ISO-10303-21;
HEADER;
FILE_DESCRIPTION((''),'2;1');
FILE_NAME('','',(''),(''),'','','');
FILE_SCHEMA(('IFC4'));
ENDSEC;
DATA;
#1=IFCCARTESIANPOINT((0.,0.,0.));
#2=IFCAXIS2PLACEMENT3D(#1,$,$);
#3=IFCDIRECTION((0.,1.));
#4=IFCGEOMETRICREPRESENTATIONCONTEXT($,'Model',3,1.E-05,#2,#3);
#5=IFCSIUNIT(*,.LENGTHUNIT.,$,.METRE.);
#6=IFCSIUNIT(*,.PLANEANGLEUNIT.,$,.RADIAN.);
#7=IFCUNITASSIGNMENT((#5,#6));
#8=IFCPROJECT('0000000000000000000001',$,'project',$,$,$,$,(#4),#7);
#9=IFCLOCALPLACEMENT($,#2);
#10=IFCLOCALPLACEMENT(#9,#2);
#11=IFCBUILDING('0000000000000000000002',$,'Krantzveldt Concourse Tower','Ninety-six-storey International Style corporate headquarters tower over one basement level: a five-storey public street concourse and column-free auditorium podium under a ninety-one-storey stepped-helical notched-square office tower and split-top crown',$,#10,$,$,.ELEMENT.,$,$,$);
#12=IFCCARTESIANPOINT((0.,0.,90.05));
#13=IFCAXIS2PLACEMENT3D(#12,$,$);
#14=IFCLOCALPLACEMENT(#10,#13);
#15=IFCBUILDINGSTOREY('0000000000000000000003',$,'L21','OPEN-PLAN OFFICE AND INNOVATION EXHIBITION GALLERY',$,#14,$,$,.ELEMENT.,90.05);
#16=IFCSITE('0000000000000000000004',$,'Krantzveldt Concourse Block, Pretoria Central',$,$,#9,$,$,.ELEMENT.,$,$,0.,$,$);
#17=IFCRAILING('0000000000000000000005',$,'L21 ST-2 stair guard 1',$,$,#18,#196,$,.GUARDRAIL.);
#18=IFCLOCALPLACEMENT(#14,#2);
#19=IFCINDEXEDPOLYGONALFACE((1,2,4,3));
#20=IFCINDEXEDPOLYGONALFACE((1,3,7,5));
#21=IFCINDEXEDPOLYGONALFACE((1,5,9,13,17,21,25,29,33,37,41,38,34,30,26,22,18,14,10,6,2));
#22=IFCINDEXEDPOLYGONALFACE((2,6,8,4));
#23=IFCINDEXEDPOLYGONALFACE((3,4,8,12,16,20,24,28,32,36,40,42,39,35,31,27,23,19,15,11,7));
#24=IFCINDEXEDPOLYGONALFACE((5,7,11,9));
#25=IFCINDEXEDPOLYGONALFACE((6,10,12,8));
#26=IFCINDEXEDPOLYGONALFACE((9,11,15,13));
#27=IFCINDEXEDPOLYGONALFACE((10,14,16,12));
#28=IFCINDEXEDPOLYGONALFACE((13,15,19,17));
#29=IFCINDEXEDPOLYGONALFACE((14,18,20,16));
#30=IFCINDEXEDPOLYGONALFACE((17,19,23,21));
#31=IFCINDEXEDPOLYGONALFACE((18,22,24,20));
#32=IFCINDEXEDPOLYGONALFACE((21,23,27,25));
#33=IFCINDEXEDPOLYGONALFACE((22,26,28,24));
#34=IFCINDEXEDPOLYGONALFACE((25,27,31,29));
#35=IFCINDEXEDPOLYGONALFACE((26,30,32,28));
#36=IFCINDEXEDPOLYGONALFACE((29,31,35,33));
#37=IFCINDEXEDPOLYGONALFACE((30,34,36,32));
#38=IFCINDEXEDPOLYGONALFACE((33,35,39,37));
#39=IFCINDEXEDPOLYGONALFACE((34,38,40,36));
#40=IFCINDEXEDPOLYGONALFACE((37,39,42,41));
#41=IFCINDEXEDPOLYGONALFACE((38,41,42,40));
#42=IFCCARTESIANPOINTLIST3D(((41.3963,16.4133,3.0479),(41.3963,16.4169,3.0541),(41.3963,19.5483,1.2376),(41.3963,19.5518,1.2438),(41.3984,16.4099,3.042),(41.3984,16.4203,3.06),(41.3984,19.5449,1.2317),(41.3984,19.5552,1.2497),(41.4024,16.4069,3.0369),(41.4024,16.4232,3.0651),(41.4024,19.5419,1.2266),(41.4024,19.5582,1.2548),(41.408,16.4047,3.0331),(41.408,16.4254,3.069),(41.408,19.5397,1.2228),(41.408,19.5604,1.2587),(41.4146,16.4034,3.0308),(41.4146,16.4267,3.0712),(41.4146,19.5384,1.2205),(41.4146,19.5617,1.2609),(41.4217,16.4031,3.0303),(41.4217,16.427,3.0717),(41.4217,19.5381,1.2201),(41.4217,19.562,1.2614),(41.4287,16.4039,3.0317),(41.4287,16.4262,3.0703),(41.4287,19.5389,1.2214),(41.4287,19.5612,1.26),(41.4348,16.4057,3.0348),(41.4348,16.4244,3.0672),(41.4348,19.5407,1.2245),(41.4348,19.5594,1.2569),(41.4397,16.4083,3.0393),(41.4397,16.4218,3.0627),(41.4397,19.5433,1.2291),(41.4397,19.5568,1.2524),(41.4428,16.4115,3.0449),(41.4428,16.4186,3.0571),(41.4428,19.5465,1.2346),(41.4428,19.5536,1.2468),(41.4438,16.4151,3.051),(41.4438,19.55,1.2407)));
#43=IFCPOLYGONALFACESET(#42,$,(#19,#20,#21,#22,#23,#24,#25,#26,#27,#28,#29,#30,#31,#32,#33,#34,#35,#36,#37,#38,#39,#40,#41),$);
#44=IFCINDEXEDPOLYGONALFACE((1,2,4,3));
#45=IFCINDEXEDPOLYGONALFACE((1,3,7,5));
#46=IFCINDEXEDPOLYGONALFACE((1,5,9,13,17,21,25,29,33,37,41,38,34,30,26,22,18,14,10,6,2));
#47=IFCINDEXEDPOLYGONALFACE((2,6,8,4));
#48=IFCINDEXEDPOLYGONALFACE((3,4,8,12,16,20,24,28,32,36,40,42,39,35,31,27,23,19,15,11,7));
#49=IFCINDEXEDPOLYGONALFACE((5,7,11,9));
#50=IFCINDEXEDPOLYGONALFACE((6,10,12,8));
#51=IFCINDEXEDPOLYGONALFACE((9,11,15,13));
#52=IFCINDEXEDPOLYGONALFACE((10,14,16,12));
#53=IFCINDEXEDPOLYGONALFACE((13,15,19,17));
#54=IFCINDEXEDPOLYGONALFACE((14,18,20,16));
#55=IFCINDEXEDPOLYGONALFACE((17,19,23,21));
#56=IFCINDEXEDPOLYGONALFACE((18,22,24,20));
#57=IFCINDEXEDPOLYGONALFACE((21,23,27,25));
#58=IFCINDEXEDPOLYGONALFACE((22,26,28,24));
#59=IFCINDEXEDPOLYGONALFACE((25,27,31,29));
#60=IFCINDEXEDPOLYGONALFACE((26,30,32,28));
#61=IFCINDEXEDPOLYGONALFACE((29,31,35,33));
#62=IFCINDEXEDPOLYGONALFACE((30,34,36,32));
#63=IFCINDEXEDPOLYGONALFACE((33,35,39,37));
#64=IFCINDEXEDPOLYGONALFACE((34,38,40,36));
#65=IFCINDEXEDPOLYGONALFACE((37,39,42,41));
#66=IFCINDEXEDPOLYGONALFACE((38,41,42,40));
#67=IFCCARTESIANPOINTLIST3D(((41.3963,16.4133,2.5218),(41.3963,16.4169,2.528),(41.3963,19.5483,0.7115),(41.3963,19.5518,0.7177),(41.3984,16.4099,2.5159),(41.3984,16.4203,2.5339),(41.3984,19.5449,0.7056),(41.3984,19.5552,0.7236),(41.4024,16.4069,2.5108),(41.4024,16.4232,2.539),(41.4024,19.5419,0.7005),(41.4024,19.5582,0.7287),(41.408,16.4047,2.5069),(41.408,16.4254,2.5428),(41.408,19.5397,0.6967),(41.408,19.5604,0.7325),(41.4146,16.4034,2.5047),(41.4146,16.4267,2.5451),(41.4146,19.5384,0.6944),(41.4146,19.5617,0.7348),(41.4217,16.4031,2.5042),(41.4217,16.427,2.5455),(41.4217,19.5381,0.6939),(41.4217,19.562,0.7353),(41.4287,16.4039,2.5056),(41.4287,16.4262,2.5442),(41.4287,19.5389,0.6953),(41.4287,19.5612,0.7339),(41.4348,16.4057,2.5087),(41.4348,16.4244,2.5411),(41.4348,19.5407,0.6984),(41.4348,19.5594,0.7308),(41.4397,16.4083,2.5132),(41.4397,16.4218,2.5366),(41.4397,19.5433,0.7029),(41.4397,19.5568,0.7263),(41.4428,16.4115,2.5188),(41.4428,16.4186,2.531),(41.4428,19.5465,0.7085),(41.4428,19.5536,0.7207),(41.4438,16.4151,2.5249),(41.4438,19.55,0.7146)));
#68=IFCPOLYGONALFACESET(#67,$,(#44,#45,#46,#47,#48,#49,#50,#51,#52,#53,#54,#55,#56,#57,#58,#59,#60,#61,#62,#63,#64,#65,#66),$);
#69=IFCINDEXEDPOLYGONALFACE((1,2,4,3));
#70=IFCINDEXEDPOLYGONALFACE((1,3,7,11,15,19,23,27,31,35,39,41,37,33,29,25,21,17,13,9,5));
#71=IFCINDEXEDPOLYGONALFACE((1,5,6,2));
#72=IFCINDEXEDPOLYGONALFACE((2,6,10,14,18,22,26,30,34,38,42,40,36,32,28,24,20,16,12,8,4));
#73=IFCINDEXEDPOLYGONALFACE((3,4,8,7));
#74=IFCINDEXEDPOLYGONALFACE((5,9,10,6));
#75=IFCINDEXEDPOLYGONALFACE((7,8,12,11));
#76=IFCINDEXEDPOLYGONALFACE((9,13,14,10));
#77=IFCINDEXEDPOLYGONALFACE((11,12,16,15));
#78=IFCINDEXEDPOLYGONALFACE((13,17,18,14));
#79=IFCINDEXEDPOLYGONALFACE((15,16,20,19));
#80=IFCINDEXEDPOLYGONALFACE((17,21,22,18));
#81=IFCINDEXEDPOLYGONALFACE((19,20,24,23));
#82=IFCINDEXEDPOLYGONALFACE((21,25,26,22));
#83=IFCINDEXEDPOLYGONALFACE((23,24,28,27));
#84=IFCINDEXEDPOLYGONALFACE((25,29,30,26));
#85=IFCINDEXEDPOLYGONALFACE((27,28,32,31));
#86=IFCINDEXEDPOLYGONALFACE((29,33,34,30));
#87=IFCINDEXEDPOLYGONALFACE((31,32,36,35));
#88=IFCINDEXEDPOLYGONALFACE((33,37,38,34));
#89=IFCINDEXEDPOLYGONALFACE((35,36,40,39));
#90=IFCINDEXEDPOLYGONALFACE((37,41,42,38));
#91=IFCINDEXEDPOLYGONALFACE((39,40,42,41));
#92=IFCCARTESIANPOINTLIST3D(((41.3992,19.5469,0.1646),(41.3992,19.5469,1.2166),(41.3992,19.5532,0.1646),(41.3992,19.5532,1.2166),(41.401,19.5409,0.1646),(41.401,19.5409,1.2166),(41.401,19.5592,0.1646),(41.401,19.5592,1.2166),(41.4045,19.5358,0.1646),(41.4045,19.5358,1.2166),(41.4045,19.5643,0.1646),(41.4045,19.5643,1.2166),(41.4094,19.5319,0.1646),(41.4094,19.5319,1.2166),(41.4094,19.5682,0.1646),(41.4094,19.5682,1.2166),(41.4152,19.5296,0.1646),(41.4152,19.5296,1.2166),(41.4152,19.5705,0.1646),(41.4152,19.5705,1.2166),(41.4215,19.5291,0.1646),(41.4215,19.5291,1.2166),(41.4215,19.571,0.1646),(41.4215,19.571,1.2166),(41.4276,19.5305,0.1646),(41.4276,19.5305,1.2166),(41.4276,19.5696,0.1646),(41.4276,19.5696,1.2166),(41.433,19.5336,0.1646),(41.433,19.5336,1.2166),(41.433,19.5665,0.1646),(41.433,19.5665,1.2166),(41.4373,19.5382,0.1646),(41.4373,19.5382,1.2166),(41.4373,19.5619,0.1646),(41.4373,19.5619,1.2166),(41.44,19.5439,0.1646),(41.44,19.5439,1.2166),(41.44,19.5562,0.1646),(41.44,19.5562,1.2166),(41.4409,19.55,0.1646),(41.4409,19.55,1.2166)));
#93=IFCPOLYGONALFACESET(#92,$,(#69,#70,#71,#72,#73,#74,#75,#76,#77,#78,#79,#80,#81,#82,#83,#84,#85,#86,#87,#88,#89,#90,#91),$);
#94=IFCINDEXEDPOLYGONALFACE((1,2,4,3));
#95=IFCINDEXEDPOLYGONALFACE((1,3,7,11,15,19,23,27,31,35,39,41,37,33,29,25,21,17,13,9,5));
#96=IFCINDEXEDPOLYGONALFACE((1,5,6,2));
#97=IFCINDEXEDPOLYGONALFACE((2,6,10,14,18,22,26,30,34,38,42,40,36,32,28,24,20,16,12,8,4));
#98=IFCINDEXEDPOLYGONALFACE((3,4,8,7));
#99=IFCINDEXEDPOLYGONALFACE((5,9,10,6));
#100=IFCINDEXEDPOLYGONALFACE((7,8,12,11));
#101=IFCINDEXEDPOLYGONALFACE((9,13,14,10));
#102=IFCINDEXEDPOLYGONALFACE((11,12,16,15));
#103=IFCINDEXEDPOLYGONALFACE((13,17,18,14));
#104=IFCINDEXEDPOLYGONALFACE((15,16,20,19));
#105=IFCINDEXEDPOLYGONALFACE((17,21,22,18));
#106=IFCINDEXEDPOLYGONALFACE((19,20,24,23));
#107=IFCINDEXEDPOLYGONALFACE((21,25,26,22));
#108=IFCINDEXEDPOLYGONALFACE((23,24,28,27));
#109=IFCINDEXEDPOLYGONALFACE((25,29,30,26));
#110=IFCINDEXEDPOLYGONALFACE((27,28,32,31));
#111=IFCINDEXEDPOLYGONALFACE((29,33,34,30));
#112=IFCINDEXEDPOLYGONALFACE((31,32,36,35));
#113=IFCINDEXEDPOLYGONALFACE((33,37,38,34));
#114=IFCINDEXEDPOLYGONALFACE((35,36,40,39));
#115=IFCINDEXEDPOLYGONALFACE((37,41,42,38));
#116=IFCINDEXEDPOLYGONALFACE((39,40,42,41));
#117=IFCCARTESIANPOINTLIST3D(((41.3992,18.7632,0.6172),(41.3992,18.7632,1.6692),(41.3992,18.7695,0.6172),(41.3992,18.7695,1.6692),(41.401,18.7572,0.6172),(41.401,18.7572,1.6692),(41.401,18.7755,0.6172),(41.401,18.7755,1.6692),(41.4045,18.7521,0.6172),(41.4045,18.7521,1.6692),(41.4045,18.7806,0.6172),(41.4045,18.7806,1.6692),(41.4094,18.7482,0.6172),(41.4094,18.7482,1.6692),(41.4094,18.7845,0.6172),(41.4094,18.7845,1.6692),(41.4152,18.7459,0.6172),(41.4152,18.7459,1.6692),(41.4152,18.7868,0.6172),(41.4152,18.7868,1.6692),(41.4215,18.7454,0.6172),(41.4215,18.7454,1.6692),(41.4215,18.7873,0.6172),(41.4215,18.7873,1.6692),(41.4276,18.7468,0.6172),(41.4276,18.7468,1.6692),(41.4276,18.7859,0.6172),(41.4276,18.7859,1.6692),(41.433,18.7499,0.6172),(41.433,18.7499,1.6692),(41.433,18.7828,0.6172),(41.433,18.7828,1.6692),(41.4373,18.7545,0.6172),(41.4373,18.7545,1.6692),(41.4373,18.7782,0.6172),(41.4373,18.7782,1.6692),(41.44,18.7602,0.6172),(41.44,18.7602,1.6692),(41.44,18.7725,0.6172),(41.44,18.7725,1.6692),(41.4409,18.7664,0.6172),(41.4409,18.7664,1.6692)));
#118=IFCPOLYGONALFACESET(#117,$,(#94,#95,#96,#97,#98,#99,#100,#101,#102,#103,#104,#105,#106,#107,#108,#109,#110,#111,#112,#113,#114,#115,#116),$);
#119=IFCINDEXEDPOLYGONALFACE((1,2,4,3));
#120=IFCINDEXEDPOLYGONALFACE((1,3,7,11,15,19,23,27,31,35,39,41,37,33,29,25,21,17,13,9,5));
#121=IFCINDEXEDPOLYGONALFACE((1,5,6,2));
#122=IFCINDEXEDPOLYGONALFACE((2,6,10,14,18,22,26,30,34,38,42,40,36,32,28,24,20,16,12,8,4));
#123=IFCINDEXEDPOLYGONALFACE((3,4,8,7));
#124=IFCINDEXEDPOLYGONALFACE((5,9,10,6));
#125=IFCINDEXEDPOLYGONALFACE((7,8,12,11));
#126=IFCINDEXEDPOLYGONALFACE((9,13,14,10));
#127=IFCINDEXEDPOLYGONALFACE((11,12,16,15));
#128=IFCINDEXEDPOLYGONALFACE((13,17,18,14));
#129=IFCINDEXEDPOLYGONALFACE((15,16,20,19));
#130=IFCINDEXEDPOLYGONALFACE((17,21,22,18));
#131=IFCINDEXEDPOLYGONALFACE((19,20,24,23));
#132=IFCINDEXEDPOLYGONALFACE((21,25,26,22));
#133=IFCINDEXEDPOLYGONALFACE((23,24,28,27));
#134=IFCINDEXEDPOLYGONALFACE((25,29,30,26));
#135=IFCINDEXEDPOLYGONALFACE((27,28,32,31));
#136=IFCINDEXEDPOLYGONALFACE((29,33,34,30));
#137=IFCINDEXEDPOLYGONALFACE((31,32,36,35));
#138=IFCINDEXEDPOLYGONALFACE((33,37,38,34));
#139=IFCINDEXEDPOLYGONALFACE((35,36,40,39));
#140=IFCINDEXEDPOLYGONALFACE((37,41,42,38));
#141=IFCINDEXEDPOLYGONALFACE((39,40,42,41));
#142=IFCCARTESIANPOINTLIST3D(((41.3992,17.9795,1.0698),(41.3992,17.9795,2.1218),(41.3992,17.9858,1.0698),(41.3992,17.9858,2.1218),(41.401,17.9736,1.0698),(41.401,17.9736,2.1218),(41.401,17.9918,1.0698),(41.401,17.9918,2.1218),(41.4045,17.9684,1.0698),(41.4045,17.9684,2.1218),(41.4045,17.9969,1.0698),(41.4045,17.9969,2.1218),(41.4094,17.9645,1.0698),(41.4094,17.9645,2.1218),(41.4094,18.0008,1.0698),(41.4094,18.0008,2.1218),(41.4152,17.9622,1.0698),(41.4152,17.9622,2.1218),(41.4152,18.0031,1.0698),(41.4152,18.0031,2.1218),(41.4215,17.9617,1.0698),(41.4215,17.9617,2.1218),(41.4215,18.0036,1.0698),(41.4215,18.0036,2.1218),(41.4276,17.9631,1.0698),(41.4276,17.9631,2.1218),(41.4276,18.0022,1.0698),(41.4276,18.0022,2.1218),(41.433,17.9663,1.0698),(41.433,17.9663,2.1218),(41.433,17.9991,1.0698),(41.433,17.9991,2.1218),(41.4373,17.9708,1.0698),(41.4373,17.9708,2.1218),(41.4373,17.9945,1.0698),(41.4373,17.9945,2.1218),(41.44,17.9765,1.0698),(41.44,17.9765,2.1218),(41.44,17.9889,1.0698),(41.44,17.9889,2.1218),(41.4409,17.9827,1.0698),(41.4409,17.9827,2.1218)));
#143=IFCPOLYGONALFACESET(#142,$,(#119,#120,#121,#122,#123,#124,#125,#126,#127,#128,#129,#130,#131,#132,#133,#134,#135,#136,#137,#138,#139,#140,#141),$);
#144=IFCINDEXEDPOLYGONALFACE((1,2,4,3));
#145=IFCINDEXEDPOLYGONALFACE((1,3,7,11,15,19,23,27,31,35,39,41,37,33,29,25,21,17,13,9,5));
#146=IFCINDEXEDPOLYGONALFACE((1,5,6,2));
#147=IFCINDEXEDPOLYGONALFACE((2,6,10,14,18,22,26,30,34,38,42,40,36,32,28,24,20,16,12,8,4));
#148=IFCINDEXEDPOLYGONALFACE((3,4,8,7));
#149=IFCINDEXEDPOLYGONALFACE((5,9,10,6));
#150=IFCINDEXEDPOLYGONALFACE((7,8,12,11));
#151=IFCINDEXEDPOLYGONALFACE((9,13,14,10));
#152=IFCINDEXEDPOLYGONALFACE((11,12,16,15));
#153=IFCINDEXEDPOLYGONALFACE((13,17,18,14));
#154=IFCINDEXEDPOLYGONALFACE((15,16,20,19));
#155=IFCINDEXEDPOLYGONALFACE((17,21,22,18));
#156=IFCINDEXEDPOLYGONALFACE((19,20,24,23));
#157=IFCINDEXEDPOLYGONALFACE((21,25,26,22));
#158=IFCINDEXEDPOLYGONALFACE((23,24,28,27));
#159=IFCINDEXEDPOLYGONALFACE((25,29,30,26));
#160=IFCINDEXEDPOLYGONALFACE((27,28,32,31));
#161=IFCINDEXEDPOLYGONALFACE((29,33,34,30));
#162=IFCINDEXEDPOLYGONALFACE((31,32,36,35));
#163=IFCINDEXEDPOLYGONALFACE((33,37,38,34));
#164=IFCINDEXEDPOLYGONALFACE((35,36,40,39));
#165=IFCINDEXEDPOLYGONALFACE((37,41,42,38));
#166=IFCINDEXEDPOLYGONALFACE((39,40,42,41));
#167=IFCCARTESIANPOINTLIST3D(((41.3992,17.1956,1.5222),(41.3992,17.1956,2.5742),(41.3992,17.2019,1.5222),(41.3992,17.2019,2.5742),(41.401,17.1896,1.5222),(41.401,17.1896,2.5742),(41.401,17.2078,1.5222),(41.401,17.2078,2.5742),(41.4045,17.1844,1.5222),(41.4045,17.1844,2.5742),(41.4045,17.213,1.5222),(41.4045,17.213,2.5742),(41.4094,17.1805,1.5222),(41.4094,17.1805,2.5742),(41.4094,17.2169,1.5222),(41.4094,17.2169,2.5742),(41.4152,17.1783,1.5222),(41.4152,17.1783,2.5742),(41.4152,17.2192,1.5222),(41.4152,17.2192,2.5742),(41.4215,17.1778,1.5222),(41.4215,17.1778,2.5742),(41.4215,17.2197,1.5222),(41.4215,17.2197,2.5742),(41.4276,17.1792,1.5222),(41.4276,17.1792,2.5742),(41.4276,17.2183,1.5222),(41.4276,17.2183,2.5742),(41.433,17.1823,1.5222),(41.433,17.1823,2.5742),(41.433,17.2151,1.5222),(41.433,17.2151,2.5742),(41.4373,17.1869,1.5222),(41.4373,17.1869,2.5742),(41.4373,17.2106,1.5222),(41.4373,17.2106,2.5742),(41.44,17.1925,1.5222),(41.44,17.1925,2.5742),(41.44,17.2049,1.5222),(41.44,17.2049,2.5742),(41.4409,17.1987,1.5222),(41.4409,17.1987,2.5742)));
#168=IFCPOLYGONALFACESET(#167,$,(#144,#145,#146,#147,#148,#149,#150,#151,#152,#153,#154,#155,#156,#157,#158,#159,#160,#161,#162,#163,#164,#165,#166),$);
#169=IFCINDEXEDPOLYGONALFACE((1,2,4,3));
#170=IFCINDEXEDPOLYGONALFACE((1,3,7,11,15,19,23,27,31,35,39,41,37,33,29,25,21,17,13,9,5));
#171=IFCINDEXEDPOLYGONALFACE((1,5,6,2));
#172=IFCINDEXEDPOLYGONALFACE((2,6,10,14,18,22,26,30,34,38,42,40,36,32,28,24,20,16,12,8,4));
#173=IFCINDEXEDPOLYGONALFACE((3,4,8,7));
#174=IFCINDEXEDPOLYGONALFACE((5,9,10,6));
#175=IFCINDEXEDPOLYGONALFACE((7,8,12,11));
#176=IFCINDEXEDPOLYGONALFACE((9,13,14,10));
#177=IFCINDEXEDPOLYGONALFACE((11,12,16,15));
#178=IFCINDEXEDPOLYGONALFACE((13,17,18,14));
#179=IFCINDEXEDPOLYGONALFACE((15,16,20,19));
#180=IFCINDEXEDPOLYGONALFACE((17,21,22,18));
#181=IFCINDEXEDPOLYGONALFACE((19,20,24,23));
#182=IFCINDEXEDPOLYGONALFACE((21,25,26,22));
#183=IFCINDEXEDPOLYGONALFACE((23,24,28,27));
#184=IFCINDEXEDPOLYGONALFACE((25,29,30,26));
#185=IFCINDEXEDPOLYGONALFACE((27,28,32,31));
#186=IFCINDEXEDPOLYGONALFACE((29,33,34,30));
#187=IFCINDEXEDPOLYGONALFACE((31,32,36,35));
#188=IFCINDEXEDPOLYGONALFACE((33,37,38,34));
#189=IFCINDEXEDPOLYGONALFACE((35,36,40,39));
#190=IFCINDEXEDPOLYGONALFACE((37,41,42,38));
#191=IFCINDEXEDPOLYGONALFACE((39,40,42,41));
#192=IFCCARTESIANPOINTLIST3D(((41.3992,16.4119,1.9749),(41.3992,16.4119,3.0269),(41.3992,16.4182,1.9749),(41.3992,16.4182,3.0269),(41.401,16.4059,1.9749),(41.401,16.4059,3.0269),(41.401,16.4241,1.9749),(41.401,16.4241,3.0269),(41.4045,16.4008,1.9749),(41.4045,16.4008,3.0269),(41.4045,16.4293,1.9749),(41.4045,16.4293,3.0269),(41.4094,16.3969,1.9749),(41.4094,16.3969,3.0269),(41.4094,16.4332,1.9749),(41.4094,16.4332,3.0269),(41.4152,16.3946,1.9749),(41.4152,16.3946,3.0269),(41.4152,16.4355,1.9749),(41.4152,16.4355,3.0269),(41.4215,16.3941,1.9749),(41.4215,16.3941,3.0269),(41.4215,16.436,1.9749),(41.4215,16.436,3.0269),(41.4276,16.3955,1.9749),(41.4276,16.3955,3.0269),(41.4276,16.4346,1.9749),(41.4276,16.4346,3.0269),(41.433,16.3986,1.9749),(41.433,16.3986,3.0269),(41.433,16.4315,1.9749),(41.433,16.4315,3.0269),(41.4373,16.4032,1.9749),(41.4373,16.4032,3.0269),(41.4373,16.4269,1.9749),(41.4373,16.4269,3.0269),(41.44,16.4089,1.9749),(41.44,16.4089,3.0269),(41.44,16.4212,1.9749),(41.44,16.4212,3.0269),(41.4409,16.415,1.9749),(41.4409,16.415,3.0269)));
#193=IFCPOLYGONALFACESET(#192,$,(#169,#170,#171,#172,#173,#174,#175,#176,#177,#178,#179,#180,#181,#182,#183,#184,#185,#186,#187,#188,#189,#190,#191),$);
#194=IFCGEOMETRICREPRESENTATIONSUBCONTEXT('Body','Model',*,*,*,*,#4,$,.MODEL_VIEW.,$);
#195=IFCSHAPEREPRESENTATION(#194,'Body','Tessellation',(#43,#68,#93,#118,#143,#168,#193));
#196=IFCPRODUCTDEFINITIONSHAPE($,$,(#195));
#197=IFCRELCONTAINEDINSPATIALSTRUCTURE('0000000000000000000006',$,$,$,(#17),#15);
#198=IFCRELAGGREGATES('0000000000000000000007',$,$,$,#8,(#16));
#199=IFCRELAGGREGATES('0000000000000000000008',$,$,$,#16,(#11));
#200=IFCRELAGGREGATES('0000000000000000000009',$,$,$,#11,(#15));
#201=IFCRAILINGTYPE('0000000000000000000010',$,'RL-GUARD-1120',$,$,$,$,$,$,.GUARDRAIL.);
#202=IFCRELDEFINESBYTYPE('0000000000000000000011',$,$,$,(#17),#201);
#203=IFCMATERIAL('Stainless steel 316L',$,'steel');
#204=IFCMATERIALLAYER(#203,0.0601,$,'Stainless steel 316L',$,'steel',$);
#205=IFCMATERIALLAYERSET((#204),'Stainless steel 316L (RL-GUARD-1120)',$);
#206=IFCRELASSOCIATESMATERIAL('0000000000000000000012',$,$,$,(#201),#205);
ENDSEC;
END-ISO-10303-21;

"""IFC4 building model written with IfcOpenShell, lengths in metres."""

from ifc_helpers import new_model, si_unit, direction, frame, origin, origin_2d, place, context, subcontext, project, spatial, circle, extrude, material, layer, layer_set, type_object, element, save


model = new_model("IFC4")

# Units and contexts
model_context = context("Model", 3, precision=1e-05, world=origin(), true_north=direction((0.0, 1.0)))
body_context = subcontext(model_context, "Body", "Model", "MODEL_VIEW")
ifc_project = project(units=[si_unit("LENGTHUNIT", "METRE"), si_unit("PLANEANGLEUNIT", "RADIAN")], contexts=[model_context])

# Site, building, storey
site_placement = place(None, origin())
site = spatial("IfcSite", under=ifc_project, at=site_placement, Name="Krantzveldt Concourse Block, Pretoria Central", CompositionType="ELEMENT", RefElevation=0.0)
building_placement = place(site_placement, origin())
building = spatial("IfcBuilding", under=site, at=building_placement, Name="Krantzveldt Concourse Tower", Description="Ninety-six-storey International Style corporate headquarters tower over one basement level: a five-storey public street concourse and column-free auditorium podium under a ninety-one-storey stepped-helical notched-square office tower and split-top crown", CompositionType="ELEMENT")
storey_placement = place(building_placement, frame((0.0, 0.0, 90.05)))
storey = spatial("IfcBuildingStorey", under=building, at=storey_placement, Name="L21", Description="OPEN-PLAN OFFICE AND INNOVATION EXHIBITION GALLERY", CompositionType="ELEMENT", Elevation=90.05)

# Shared definitions
ifc_material_1 = material(Name="Stainless steel 316L", Category="steel")

# Railing
ifc_layer_1 = layer(ifc_material_1, 0.0601, Name="Stainless steel 316L", Category="steel")
ifc_layer_set_1 = layer_set([ifc_layer_1], Name="Stainless steel 316L (RL-GUARD-1120)")
railing_type_1 = type_object("IfcRailingType", Name="RL-GUARD-1120", PredefinedType="GUARDRAIL", material=ifc_layer_set_1)
railing_1_placement = place(storey_placement, frame((41.4199, 19.55, 0.1646)))
element("IfcRailing", 1, at=railing_1_placement, inside=storey, type_object=railing_type_1, Name="L21 ST-2 stair guard 1", PredefinedType="GUARDRAIL", context=body_context, shape_type="SweptSolid", body=[
    extrude(circle(Radius=0.0239, at=origin_2d()), frame((0.0, 0.0, 1.0762), z_axis=(0.0, -0.865989, 0.500063), x_axis=(1.0, 0.0, 0.0)), (0.0, 0.0, 1.0), 3.6201),
    extrude(circle(Radius=0.0239, at=origin_2d()), frame((0.0, 0.0, 0.55), z_axis=(0.0, -0.865989, 0.500063), x_axis=(1.0, 0.0, 0.0)), (0.0, 0.0, 1.0), 3.6201),
    extrude(circle(Radius=0.021, at=origin_2d()), origin(), (0.0, 0.0, 1.0), 1.052),
    extrude(circle(Radius=0.021, at=origin_2d()), frame((0.0, -0.7837, 0.4526)), (0.0, 0.0, 1.0), 1.052),
    extrude(circle(Radius=0.021, at=origin_2d()), frame((0.0, -1.5674, 0.9053)), (0.0, 0.0, 1.0), 1.052),
    extrude(circle(Radius=0.021, at=origin_2d()), frame((0.0, -2.3513, 1.3577)), (0.0, 0.0, 1.0), 1.052),
    extrude(circle(Radius=0.021, at=origin_2d()), frame((0.0, -3.135, 1.8103)), (0.0, 0.0, 1.0), 1.052),
])

save(model, "model.ifc")
